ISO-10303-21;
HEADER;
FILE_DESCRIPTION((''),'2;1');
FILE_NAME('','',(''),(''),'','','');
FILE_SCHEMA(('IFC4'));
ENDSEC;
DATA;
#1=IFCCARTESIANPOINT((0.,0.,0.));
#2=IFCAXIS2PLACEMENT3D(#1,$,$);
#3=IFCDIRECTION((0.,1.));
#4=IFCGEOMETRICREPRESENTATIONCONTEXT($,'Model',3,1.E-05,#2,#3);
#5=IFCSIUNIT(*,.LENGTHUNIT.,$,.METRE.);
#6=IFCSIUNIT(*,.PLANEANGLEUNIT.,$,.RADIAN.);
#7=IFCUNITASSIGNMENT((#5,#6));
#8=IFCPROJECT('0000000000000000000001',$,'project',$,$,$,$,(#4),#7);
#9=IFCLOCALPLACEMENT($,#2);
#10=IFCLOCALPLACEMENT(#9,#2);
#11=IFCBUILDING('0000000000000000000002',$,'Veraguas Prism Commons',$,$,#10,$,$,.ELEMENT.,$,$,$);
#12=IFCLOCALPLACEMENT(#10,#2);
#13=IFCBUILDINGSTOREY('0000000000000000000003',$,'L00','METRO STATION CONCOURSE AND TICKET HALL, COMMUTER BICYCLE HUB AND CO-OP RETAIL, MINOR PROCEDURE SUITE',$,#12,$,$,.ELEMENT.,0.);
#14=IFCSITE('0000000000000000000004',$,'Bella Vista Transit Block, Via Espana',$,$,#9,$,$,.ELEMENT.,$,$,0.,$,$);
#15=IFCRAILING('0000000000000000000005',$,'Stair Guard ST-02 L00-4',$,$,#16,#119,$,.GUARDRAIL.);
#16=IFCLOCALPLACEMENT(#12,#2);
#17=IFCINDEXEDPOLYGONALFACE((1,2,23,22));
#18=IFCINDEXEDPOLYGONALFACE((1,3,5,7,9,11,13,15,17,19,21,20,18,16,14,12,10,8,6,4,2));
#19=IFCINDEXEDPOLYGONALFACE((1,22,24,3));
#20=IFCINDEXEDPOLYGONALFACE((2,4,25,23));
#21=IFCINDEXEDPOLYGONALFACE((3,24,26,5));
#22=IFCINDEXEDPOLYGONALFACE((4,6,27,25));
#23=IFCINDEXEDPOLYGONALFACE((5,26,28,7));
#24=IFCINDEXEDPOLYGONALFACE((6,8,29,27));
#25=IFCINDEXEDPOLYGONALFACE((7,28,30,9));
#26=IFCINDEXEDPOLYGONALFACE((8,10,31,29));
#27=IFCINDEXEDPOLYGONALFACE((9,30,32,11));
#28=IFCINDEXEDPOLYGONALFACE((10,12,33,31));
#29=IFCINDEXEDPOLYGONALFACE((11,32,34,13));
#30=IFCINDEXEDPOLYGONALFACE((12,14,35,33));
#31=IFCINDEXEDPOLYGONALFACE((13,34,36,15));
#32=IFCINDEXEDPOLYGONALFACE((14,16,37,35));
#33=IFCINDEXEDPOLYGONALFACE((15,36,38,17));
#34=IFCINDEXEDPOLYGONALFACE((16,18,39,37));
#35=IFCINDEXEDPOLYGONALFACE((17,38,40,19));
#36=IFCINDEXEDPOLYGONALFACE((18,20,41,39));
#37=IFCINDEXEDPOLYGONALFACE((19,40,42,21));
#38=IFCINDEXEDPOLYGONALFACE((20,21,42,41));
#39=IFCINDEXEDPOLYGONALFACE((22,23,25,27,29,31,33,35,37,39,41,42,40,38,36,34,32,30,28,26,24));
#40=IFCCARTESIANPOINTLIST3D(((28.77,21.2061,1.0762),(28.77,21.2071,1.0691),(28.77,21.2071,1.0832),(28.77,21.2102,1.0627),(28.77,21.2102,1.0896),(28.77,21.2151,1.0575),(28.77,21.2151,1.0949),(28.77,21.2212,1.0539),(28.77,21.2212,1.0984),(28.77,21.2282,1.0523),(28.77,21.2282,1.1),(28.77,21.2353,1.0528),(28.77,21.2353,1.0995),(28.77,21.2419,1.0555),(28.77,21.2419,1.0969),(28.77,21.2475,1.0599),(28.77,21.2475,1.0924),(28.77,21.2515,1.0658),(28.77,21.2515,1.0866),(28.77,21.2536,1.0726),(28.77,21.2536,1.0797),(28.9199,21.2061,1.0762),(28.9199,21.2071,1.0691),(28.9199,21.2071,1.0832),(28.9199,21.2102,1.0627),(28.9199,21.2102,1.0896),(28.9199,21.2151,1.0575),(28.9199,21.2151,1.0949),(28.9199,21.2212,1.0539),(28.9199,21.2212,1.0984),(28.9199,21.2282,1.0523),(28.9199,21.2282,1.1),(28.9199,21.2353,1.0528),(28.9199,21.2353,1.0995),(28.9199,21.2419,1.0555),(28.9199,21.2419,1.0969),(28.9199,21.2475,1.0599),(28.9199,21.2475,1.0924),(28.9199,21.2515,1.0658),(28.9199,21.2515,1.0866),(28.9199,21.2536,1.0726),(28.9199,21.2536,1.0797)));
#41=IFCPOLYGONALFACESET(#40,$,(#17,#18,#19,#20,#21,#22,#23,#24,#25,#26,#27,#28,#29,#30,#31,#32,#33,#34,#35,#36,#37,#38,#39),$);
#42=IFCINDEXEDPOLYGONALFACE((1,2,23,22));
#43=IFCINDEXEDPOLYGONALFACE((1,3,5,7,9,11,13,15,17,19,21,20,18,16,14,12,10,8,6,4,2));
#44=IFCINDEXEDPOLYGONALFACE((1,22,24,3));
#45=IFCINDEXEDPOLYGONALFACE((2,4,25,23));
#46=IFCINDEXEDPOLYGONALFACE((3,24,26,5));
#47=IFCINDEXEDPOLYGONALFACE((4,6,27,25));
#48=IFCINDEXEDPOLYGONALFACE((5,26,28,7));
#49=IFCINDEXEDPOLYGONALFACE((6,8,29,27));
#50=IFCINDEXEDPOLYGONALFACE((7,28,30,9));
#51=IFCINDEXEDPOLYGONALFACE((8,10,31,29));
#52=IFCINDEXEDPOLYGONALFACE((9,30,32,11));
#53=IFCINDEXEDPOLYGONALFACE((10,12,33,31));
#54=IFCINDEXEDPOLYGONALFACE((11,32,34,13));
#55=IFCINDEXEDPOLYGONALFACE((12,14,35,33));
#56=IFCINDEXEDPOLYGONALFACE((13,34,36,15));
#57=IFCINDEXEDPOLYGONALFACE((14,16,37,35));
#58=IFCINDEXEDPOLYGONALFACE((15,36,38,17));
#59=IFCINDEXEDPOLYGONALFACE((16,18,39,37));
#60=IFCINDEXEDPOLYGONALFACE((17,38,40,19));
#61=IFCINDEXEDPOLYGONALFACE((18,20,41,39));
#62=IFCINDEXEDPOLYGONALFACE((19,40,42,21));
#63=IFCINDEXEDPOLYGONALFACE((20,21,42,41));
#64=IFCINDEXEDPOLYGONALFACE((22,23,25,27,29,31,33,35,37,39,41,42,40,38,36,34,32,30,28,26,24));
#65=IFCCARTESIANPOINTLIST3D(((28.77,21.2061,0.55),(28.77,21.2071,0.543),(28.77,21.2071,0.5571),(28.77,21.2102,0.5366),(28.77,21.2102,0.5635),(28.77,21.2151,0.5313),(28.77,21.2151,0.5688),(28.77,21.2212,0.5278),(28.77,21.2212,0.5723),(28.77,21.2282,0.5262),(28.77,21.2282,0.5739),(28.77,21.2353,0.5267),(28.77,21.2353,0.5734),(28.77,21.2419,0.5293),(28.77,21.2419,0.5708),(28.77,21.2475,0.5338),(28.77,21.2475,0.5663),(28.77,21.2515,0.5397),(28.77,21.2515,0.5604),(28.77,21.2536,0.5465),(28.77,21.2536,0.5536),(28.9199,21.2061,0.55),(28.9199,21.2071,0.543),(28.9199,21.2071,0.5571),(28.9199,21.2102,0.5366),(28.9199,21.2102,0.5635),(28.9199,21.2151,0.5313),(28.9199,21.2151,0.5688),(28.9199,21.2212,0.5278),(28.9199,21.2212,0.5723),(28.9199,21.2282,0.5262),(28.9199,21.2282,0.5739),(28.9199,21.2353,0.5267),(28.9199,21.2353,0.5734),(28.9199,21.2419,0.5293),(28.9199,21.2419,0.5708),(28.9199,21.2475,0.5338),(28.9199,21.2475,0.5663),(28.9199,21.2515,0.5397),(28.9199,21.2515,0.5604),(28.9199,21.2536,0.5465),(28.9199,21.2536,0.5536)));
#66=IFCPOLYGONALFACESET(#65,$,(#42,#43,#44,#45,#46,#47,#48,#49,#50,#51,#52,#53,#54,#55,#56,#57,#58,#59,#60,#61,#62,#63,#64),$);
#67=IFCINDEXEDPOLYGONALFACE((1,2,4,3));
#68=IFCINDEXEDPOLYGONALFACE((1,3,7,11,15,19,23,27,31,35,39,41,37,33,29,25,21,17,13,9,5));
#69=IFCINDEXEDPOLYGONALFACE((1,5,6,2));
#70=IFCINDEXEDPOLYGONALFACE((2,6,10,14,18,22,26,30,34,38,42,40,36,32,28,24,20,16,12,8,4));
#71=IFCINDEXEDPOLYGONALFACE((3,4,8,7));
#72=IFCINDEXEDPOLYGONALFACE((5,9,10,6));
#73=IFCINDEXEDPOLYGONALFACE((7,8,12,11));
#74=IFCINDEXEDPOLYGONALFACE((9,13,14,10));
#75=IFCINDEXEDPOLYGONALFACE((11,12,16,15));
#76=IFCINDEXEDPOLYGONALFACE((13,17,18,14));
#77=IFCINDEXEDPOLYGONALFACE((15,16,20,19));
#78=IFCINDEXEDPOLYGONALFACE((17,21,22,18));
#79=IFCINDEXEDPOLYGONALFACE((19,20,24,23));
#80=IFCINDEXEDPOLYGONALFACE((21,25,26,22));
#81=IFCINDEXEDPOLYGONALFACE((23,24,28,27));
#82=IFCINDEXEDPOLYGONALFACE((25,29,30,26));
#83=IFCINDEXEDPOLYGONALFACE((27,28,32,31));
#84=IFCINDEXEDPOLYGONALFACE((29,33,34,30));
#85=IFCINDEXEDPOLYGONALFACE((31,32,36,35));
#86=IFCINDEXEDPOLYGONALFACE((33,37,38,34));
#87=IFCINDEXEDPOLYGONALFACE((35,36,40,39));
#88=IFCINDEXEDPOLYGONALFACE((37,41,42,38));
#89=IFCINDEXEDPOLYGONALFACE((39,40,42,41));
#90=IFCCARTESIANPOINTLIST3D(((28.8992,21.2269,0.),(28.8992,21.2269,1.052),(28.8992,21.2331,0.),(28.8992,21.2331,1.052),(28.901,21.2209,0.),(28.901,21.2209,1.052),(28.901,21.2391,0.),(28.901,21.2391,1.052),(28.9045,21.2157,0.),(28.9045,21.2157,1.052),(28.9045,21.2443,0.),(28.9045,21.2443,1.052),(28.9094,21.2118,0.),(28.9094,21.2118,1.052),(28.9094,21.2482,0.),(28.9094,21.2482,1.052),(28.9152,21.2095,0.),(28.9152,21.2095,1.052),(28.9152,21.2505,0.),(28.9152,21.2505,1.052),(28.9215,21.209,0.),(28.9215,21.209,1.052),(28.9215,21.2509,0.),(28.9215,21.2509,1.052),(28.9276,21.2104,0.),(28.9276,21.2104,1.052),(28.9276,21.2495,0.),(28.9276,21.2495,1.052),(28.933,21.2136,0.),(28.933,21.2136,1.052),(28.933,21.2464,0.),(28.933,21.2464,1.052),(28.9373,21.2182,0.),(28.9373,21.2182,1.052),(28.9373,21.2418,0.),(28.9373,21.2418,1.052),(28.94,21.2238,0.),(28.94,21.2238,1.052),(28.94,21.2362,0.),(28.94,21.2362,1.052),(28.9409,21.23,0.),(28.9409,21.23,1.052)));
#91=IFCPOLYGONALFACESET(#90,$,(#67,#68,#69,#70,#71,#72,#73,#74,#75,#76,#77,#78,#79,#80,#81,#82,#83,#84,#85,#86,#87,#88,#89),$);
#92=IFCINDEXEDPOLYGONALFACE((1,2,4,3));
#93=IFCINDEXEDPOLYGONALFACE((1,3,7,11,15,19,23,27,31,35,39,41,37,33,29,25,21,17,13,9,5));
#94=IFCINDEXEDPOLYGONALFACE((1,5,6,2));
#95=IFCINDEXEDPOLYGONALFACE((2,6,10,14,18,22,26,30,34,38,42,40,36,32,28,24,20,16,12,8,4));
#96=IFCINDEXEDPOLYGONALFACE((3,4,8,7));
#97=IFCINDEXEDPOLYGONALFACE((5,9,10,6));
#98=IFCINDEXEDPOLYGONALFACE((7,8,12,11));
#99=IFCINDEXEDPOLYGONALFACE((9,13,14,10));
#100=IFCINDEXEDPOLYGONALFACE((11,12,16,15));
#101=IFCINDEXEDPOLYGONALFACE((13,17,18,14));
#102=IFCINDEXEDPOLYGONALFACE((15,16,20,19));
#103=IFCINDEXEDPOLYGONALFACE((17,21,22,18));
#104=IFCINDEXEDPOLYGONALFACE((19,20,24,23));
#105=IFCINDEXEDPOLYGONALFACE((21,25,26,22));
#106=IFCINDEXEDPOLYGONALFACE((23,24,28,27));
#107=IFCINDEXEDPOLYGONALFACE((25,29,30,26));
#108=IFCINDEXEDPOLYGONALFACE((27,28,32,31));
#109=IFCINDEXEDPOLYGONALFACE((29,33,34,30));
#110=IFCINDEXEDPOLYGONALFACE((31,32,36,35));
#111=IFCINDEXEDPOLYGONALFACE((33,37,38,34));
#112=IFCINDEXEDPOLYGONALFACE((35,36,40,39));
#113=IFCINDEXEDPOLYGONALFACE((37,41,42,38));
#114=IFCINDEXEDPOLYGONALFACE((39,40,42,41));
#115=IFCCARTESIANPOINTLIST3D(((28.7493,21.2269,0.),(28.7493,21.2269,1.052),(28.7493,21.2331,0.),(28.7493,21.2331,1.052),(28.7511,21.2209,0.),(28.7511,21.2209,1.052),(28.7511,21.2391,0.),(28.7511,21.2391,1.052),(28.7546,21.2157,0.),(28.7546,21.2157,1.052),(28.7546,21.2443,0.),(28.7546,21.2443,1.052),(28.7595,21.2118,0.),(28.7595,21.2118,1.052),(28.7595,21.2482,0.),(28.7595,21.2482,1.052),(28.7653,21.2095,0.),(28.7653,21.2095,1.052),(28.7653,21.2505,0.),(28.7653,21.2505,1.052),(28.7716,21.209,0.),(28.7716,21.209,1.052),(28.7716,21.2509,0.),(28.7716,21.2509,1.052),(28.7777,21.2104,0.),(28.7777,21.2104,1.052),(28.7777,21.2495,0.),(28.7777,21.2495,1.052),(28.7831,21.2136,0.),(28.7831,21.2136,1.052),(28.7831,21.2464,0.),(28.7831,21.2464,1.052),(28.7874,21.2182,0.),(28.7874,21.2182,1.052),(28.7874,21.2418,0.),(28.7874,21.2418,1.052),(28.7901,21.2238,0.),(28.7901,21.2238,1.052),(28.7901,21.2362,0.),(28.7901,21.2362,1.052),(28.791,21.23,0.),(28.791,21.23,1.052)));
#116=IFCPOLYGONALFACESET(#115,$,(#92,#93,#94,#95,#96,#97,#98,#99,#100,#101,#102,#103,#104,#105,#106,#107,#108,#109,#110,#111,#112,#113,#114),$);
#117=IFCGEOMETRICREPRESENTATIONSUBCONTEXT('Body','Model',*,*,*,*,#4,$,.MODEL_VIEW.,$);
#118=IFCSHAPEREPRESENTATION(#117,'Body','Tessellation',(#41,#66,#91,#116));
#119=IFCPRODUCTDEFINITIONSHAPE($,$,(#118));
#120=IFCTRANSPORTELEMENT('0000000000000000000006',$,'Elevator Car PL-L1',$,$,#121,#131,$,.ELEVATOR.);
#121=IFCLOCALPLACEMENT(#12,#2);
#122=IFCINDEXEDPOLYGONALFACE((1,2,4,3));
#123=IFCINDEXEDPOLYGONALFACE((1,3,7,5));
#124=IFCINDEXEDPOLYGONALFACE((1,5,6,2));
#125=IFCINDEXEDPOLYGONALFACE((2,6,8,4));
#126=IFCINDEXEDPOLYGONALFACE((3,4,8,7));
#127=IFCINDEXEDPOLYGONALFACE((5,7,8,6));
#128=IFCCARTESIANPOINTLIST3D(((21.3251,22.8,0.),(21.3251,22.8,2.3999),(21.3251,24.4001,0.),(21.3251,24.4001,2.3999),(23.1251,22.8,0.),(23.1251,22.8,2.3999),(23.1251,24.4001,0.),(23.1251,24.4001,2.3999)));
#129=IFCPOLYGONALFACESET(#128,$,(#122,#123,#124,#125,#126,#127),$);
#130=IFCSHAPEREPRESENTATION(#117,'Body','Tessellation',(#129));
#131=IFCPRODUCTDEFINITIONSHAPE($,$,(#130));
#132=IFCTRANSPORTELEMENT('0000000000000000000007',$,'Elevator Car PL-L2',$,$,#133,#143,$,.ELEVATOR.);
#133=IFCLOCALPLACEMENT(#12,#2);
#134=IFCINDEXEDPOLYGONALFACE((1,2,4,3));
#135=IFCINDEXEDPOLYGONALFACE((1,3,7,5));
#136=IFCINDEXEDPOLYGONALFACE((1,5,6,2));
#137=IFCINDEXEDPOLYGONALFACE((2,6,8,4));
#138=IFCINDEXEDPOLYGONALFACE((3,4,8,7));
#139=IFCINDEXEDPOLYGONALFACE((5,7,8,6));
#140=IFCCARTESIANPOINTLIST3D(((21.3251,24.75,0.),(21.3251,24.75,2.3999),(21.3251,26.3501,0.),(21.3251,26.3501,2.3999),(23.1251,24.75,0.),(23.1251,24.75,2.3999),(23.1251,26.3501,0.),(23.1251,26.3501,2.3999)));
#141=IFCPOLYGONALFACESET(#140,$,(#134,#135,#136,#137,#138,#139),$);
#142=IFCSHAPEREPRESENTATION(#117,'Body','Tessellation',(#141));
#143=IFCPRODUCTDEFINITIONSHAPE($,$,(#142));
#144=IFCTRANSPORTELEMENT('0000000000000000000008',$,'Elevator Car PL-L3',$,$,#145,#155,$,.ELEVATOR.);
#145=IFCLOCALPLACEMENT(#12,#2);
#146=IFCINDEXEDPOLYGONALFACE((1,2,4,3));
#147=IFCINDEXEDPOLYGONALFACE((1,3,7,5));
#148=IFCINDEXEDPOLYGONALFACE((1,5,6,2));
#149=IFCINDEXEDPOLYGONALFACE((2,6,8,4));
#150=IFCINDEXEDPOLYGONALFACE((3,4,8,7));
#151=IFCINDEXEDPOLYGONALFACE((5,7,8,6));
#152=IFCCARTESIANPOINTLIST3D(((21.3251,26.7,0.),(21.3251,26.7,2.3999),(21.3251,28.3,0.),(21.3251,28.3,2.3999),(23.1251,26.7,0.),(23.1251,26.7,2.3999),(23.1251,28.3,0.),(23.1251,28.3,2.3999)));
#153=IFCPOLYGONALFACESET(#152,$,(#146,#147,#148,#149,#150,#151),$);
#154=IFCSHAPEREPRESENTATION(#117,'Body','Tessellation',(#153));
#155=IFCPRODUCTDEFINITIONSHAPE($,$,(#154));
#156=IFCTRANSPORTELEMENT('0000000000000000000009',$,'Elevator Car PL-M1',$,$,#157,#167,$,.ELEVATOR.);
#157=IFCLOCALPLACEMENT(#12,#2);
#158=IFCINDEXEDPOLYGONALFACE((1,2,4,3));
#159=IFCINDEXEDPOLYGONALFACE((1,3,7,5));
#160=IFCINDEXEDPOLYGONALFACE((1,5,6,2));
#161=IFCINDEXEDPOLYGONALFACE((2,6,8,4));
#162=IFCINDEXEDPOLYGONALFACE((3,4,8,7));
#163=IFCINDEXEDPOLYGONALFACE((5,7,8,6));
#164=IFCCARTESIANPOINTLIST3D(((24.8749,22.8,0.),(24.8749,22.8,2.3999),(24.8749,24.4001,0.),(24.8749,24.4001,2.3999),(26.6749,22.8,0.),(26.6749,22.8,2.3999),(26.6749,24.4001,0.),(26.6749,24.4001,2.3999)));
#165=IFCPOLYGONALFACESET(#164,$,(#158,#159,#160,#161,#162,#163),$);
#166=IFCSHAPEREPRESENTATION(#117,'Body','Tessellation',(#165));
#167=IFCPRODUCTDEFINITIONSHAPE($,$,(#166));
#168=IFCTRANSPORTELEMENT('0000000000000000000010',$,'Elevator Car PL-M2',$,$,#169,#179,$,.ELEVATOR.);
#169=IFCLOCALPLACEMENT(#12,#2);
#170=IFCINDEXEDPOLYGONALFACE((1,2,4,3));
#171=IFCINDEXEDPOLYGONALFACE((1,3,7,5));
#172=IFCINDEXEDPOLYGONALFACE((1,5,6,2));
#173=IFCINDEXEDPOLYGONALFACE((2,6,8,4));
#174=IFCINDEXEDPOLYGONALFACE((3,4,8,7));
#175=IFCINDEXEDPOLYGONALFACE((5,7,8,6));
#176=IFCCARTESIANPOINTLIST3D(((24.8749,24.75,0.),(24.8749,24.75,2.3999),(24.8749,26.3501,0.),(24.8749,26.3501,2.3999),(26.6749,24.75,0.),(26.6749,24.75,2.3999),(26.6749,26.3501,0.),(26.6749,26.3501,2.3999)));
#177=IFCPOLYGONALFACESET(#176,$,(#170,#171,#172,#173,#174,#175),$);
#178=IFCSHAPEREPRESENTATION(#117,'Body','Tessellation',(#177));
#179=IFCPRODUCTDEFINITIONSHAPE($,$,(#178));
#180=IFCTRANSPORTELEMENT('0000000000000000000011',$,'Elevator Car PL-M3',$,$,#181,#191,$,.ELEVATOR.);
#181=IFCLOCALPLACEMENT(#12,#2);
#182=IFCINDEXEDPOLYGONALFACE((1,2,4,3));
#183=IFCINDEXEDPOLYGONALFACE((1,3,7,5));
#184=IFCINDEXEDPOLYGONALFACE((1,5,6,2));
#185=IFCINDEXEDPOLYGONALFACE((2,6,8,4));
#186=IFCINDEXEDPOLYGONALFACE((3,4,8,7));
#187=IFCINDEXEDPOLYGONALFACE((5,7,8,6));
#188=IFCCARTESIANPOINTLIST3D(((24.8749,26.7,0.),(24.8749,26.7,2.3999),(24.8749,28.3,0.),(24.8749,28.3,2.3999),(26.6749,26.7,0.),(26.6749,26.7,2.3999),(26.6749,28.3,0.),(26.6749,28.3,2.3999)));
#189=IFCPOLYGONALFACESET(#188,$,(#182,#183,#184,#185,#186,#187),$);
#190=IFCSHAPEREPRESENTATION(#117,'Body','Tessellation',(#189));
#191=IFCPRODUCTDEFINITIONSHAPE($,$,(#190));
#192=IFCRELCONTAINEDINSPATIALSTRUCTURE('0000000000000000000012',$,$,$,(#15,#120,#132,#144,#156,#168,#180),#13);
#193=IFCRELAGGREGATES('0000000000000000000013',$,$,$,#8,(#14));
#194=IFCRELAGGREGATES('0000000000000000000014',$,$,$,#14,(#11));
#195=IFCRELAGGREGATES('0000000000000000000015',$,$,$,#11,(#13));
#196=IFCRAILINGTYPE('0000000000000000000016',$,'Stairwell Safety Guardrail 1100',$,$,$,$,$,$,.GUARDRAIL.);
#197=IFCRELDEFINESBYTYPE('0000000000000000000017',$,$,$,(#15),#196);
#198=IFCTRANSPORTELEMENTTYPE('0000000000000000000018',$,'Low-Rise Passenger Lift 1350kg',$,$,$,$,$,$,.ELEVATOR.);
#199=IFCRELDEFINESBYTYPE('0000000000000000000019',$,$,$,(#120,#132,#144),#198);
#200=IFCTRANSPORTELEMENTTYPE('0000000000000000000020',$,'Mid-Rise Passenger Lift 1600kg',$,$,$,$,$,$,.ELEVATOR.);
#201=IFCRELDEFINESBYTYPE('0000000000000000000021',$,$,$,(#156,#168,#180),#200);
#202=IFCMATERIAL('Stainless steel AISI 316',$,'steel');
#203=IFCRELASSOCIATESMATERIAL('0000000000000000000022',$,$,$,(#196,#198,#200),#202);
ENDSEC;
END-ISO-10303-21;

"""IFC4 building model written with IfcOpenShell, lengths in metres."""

from ifc_helpers import new_model, si_unit, direction, frame, origin, origin_2d, place, context, subcontext, project, spatial, rectangle, circle, extrude, source, transform, mapped, material, type_object, element, save


model = new_model("IFC4")

# Units and contexts
model_context = context("Model", 3, precision=1e-05, world=origin(), true_north=direction((0.0, 1.0)))
body_context = subcontext(model_context, "Body", "Model", "MODEL_VIEW")
ifc_project = project(units=[si_unit("LENGTHUNIT", "METRE"), si_unit("PLANEANGLEUNIT", "RADIAN")], contexts=[model_context])

# Site, building, storey
site_placement = place(None, origin())
site = spatial("IfcSite", under=ifc_project, at=site_placement, Name="Bella Vista Transit Block, Via Espana", CompositionType="ELEMENT", RefElevation=0.0)
building_placement = place(site_placement, origin())
building = spatial("IfcBuilding", under=site, at=building_placement, Name="Veraguas Prism Commons", CompositionType="ELEMENT")
storey_placement = place(building_placement, origin())
storey = spatial("IfcBuildingStorey", under=building, at=storey_placement, Name="L00", Description="METRO STATION CONCOURSE AND TICKET HALL, COMMUTER BICYCLE HUB AND CO-OP RETAIL, MINOR PROCEDURE SUITE", CompositionType="ELEMENT", Elevation=0.0)

# Shared definitions
ifc_material_1 = material(Name="Stainless steel AISI 316", Category="steel")

# Railing
railing_type_1 = type_object("IfcRailingType", Name="Stairwell Safety Guardrail 1100", PredefinedType="GUARDRAIL", material=ifc_material_1)
railing_1_placement = place(storey_placement, frame((28.9199, 21.23, 0.0)))
element("IfcRailing", 1, at=railing_1_placement, inside=storey, type_object=railing_type_1, Name="Stair Guard ST-02 L00-4", PredefinedType="GUARDRAIL", context=body_context, shape_type="SweptSolid", body=[
    extrude(circle(Radius=0.0239, at=origin_2d()), frame((0.0, 0.0, 1.0762), z_axis=(-1.0, 0.0, 0.0), x_axis=(0.0, -1.0, 0.0)), (0.0, 0.0, 1.0), 0.1499),
    extrude(circle(Radius=0.0239, at=origin_2d()), frame((0.0, 0.0, 0.55), z_axis=(-1.0, 0.0, 0.0), x_axis=(0.0, -1.0, 0.0)), (0.0, 0.0, 1.0), 0.1499),
    extrude(circle(Radius=0.021, at=origin_2d()), origin(), (0.0, 0.0, 1.0), 1.052),
    extrude(circle(Radius=0.021, at=origin_2d()), frame((-0.1499, 0.0, 0.0)), (0.0, 0.0, 1.0), 1.052),
])

# Transport elements
transport_element_type_1 = type_object("IfcTransportElementType", Name="Low-Rise Passenger Lift 1350kg", PredefinedType="ELEVATOR", material=ifc_material_1)
shared_shape_1 = source(origin(), body_context, "Body", "SweptSolid", [
    extrude(rectangle(XDim=1.8, YDim=1.6001, at=origin_2d()), origin(), (0.0, 0.0, 1.0), 2.3999),
])
for number, where, z_axis, x_axis, name in (
    (2, (22.2251, 23.6001, 0.0), (0.0, 0.0, 1.0), (1.0, 0.0, 0.0), "Elevator Car PL-L1"),
    (3, (22.2251, 25.55, 0.0), (0.0, 0.0, 1.0), (1.0, 0.0, 0.0), "Elevator Car PL-L2"),
    (4, (22.2251, 27.5, 0.0), (0.0, 0.0, 1.0), (1.0, 0.0, 0.0), "Elevator Car PL-L3"),
):
    element("IfcTransportElement", number, at=place(storey_placement, frame(where, z_axis=z_axis, x_axis=x_axis)), inside=storey, type_object=transport_element_type_1, Name=name, PredefinedType="ELEVATOR", context=body_context, shape_type="MappedRepresentation", body=[
        mapped(shared_shape_1, transform((0.0, 0.0, 0.0), scale=1.0)),
    ])
transport_element_type_2 = type_object("IfcTransportElementType", Name="Mid-Rise Passenger Lift 1600kg", PredefinedType="ELEVATOR", material=ifc_material_1)
for number, where, z_axis, x_axis, name in (
    (5, (25.7749, 23.6001, 0.0), (0.0, 0.0, 1.0), (1.0, 0.0, 0.0), "Elevator Car PL-M1"),
    (6, (25.7749, 25.55, 0.0), (0.0, 0.0, 1.0), (1.0, 0.0, 0.0), "Elevator Car PL-M2"),
    (7, (25.7749, 27.5, 0.0), (0.0, 0.0, 1.0), (1.0, 0.0, 0.0), "Elevator Car PL-M3"),
):
    element("IfcTransportElement", number, at=place(storey_placement, frame(where, z_axis=z_axis, x_axis=x_axis)), inside=storey, type_object=transport_element_type_2, Name=name, PredefinedType="ELEVATOR", context=body_context, shape_type="MappedRepresentation", body=[
        mapped(shared_shape_1, transform((0.0, 0.0, 0.0), scale=1.0)),
    ])

save(model, "model.ifc")
